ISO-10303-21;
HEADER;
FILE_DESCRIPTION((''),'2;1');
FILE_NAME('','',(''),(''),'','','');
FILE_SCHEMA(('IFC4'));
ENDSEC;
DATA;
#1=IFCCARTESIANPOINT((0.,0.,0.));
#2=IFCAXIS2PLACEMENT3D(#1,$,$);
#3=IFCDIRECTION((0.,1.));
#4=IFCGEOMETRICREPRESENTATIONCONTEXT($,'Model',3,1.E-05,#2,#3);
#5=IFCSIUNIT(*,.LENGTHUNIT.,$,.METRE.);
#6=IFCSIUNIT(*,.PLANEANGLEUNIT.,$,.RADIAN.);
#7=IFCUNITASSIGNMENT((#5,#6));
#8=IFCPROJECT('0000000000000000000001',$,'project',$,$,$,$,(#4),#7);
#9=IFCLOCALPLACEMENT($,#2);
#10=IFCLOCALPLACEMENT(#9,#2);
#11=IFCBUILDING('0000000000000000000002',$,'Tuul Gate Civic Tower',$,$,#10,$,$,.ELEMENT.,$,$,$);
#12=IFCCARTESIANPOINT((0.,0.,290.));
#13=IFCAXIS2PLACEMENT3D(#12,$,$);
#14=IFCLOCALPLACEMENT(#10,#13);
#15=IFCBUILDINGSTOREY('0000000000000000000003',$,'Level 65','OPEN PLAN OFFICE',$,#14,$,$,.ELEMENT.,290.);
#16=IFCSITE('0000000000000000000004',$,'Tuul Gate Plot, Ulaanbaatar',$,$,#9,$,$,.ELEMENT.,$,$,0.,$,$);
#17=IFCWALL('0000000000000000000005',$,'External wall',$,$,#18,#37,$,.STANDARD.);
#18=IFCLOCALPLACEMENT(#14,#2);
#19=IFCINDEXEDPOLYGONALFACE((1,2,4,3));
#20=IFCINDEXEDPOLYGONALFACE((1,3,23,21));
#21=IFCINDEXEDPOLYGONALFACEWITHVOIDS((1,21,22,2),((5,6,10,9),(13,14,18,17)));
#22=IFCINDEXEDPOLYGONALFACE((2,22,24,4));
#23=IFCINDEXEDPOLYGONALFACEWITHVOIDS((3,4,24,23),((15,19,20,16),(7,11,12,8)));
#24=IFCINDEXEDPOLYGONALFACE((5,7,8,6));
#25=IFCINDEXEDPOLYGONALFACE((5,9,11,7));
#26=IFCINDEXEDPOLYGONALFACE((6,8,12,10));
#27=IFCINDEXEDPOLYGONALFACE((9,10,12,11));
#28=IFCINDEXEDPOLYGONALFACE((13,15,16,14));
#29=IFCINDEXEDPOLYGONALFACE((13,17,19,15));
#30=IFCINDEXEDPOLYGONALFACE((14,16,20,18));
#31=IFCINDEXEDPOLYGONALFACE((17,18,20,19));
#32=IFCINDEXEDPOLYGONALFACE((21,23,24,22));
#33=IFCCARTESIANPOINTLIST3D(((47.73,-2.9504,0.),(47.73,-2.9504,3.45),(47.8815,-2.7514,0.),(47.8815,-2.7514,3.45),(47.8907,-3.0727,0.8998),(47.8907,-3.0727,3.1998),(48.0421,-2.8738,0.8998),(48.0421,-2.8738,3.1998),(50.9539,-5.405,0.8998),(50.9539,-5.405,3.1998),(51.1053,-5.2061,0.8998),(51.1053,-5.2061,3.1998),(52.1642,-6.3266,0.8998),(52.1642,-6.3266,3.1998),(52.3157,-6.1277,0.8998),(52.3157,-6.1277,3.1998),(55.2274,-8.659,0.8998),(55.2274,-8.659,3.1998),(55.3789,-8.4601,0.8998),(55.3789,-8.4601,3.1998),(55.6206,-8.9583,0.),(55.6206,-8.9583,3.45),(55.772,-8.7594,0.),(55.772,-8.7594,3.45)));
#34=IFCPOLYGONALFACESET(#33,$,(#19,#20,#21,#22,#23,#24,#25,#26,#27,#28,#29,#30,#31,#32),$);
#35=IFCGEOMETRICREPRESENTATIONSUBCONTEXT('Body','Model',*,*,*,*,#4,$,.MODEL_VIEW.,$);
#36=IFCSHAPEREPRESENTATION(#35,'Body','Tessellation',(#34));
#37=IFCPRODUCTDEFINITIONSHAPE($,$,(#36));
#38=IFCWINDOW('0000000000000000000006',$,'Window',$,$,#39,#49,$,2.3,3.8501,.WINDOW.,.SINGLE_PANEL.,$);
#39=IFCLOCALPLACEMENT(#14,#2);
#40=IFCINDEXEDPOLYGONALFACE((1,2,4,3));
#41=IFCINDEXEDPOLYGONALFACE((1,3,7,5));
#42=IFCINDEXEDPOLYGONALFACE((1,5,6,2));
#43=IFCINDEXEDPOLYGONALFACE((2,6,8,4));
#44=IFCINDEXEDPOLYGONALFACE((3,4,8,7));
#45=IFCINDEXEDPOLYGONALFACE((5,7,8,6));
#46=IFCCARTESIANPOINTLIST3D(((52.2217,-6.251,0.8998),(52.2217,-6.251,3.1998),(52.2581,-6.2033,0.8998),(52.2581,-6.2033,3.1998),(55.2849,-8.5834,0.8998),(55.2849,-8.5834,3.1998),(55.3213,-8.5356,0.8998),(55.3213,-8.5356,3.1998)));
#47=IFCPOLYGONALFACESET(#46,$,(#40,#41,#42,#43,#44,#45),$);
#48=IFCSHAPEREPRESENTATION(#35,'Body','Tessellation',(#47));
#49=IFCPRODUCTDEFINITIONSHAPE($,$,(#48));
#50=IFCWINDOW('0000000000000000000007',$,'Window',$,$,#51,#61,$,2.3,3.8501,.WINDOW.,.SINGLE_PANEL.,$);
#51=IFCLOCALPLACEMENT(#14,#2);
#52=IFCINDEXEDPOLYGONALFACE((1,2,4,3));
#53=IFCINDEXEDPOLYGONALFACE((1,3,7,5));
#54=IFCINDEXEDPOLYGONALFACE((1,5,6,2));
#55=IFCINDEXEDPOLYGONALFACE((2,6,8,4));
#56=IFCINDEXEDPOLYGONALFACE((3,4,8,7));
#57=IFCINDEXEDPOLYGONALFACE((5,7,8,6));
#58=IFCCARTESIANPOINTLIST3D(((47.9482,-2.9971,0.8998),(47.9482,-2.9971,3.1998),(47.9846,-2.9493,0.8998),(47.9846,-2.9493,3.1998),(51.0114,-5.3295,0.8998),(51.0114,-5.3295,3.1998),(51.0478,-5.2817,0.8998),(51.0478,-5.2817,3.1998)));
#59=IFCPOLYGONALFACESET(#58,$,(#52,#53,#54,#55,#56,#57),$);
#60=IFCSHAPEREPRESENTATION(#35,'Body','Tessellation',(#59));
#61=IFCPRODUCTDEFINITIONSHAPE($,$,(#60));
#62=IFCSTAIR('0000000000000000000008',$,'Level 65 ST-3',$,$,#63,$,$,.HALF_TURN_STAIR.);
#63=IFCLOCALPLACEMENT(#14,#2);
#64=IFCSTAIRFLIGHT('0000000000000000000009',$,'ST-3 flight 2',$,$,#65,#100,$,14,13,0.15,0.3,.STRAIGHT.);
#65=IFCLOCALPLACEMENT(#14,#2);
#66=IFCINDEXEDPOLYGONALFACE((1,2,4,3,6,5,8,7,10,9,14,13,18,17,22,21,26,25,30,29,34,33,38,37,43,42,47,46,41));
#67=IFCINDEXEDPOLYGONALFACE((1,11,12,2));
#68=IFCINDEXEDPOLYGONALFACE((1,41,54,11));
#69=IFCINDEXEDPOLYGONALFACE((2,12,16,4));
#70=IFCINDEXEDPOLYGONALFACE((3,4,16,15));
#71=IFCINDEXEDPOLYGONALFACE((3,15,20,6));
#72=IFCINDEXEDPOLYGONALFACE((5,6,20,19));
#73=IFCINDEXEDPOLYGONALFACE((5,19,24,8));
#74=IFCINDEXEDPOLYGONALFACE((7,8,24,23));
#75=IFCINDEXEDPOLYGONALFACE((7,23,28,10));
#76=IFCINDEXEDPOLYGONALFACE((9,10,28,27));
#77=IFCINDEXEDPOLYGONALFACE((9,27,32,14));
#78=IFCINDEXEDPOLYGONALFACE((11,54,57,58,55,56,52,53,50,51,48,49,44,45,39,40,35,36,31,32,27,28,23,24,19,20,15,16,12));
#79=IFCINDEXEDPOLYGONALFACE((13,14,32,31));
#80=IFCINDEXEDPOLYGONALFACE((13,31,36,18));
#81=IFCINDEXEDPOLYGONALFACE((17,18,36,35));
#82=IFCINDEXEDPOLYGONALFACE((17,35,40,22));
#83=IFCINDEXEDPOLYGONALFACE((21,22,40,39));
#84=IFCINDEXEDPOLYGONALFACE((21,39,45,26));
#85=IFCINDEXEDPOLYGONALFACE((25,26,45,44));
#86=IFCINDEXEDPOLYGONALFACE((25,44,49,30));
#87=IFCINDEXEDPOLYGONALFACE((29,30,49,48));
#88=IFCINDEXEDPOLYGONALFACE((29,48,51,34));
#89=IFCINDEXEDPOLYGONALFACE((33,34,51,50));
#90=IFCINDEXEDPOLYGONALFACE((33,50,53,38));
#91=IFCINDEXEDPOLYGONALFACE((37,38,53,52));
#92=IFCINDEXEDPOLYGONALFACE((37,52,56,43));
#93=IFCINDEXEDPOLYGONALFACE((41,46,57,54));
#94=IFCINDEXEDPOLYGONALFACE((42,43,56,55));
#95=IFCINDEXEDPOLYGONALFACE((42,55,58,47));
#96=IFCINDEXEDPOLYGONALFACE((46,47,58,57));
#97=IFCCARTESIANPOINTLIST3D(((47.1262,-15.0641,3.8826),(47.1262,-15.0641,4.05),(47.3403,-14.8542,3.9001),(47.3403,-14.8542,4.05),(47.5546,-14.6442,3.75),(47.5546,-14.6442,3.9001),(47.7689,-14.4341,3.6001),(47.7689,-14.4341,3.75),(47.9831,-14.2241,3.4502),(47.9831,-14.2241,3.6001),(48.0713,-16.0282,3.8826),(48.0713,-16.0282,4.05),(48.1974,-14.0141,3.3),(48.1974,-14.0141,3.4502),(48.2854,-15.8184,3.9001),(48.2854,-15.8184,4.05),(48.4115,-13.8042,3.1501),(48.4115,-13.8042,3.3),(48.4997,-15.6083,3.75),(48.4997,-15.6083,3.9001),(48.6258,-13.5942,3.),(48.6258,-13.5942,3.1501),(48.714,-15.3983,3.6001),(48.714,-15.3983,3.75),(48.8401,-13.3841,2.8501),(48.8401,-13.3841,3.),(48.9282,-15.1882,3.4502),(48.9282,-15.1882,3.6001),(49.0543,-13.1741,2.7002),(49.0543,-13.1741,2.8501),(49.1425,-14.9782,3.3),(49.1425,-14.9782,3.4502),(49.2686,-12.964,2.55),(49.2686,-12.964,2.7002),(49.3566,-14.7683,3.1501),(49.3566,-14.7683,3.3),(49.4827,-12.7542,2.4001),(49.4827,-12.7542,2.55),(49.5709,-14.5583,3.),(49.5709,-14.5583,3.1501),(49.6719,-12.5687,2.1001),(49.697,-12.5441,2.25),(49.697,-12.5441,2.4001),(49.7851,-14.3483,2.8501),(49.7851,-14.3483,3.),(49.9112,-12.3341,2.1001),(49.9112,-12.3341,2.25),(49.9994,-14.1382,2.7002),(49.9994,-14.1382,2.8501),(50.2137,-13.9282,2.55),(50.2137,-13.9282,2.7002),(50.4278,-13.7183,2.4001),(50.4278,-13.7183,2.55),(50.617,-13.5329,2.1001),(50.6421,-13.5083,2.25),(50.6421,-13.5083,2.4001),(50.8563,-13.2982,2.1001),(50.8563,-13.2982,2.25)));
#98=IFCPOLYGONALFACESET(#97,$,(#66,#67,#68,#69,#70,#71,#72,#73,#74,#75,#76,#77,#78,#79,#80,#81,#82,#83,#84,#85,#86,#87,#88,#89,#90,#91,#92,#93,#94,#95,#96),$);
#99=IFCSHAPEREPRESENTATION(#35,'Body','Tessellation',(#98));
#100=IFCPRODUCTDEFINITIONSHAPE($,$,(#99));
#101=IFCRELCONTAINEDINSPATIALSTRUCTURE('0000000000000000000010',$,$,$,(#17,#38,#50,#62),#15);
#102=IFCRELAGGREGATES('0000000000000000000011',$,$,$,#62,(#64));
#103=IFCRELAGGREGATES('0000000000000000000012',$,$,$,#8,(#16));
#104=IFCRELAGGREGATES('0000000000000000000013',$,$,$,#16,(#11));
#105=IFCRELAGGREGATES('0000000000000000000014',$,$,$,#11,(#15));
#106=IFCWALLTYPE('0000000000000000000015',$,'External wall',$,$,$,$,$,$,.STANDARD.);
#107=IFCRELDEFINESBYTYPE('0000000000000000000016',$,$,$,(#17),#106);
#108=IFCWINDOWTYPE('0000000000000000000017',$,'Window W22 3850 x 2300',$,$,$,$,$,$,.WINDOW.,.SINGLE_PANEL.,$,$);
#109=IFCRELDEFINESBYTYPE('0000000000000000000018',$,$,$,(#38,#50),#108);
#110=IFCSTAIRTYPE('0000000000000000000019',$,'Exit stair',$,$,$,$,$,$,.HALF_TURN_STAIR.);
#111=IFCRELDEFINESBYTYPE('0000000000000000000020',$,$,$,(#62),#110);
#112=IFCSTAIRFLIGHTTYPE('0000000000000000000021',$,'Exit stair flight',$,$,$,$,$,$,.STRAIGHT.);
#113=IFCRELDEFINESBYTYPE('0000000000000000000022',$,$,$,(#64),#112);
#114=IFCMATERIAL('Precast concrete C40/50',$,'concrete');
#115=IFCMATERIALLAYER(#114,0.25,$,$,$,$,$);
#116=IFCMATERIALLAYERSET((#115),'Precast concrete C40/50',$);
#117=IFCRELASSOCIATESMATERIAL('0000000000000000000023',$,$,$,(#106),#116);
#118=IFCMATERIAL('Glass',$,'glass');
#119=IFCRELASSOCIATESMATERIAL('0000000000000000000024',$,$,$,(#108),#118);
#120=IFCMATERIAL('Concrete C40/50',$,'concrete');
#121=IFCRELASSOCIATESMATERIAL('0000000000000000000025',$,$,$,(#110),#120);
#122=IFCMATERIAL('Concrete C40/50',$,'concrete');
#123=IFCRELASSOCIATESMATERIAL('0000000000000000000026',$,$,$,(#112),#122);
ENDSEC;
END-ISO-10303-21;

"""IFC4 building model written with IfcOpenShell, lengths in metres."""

from ifc_helpers import new_model, si_unit, direction, frame, frame_2d, origin, place, context, subcontext, project, spatial, polyline, rectangle, outline, extrude, material, layer, layer_set, type_object, element, fill, aggregate, save


model = new_model("IFC4")

# Units and contexts
model_context = context("Model", 3, precision=1e-05, world=origin(), true_north=direction((0.0, 1.0)))
body_context = subcontext(model_context, "Body", "Model", "MODEL_VIEW")
ifc_project = project(units=[si_unit("LENGTHUNIT", "METRE"), si_unit("PLANEANGLEUNIT", "RADIAN")], contexts=[model_context])

# Site, building, storey
site_placement = place(None, origin())
site = spatial("IfcSite", under=ifc_project, at=site_placement, Name="Tuul Gate Plot, Ulaanbaatar", CompositionType="ELEMENT", RefElevation=0.0)
building_placement = place(site_placement, origin())
building = spatial("IfcBuilding", under=site, at=building_placement, Name="Tuul Gate Civic Tower", CompositionType="ELEMENT")
storey_placement = place(building_placement, frame((0.0, 0.0, 290.0)))
storey = spatial("IfcBuildingStorey", under=building, at=storey_placement, Name="Level 65", Description="OPEN PLAN OFFICE", CompositionType="ELEMENT", Elevation=290.0)

# Wall, openings, windows
ifc_material_1 = material(Name="Precast concrete C40/50", Category="concrete")
ifc_layer_1 = layer(ifc_material_1, 0.25)
ifc_layer_set_1 = layer_set([ifc_layer_1], Name="Precast concrete C40/50")
wall_type_1 = type_object("IfcWallType", Name="External wall", PredefinedType="STANDARD", material=ifc_layer_set_1)
ifc_material_2 = material(Name="Glass", Category="glass")
window_type_1 = type_object("IfcWindowType", Name="Window W22 3850 x 2300", PartitioningType="SINGLE_PANEL", PredefinedType="WINDOW", material=ifc_material_2)
wall_1_placement = place(storey_placement, frame((55.6963, -8.8589, 0.0), z_axis=(0.0, 0.0, 1.0), x_axis=(-0.795619, 0.605798, 0.0)))
wall_1 = element("IfcWall", 1, at=wall_1_placement, inside=storey, type_object=wall_type_1, Name="External wall", PredefinedType="STANDARD", context=body_context, shape_type="SweptSolid", body=[
    extrude(rectangle(XDim=9.9175, YDim=0.25, at=frame_2d((4.9587, 0.0))), origin(), (0.0, 0.0, 1.0), 3.45),
])
opening_1_placement = place(wall_1_placement, frame((0.4941, 0.0, 0.8999)))
opening_1 = element("IfcOpeningElement", 2, at=opening_1_placement, cuts=wall_1, PredefinedType="OPENING", context=body_context, shape_type="SweptSolid", body=[
    extrude(rectangle(XDim=3.8501, YDim=2.3, at=frame_2d((1.925, 1.1499))), frame((0.0, 0.135, 0.0), z_axis=(0.0, -1.0, 0.0), x_axis=(1.0, 0.0, 0.0)), (0.0, 0.0, 1.0), 0.27),
])
opening_2_placement = place(wall_1_placement, frame((5.8655, 0.0, 0.8999)))
opening_2 = element("IfcOpeningElement", 3, at=opening_2_placement, cuts=wall_1, PredefinedType="OPENING", context=body_context, shape_type="SweptSolid", body=[
    extrude(rectangle(XDim=3.8501, YDim=2.3, at=frame_2d((1.925, 1.1499))), frame((0.0, 0.135, 0.0), z_axis=(0.0, -1.0, 0.0), x_axis=(1.0, 0.0, 0.0)), (0.0, 0.0, 1.0), 0.27),
])
window_1_placement = place(opening_1_placement, origin())
window_1 = element("IfcWindow", 4, at=window_1_placement, inside=storey, type_object=window_type_1, Name="Window", OverallHeight=2.3, OverallWidth=3.8501, PartitioningType="SINGLE_PANEL", PredefinedType="WINDOW", context=body_context, shape_type="SweptSolid", body=[
    extrude(rectangle(XDim=3.8501, YDim=2.3, at=frame_2d((1.925, 1.1499))), frame((0.0, 0.03, 0.0), z_axis=(0.0, -1.0, 0.0), x_axis=(1.0, 0.0, 0.0)), (0.0, 0.0, 1.0), 0.0601),
])
fill(opening_1, window_1)
window_2_placement = place(opening_2_placement, origin())
window_2 = element("IfcWindow", 5, at=window_2_placement, inside=storey, type_object=window_type_1, Name="Window", OverallHeight=2.3, OverallWidth=3.8501, PartitioningType="SINGLE_PANEL", PredefinedType="WINDOW", context=body_context, shape_type="SweptSolid", body=[
    extrude(rectangle(XDim=3.8501, YDim=2.3, at=frame_2d((1.925, 1.1499))), frame((0.0, 0.03, 0.0), z_axis=(0.0, -1.0, 0.0), x_axis=(1.0, 0.0, 0.0)), (0.0, 0.0, 1.0), 0.0601),
])
fill(opening_2, window_2)

# Stair, stair flight
ifc_material_3 = material(Name="Concrete C40/50", Category="concrete")
stair_type = type_object("IfcStairType", Name="Exit stair", PredefinedType="HALF_TURN_STAIR", material=ifc_material_3)
stair_placement = place(storey_placement, origin())
stair = element("IfcStair", 6, at=stair_placement, inside=storey, type_object=stair_type, Name="Level 65 ST-3", PredefinedType="HALF_TURN_STAIR")
ifc_material_4 = material(Name="Concrete C40/50", Category="concrete")
stair_flight_type = type_object("IfcStairFlightType", Name="Exit stair flight", PredefinedType="STRAIGHT", material=ifc_material_4)
stair_flight_placement = place(storey_placement, frame((50.3838, -12.8162, 2.1001), z_axis=(0.0, 0.0, 1.0), x_axis=(-0.714127, -0.700016, 0.0)))
stair_flight = element("IfcStairFlight", 7, at=stair_flight_placement, type_object=stair_flight_type, Name="ST-3 flight 2", NumberOfRisers=14, NumberOfTreads=13, PredefinedType="STRAIGHT", RiserHeight=0.15, TreadLength=0.3, context=body_context, shape_type="SweptSolid", body=[
    extrude(outline(polyline([(0.0, 0.0), (0.0, 0.1499), (0.3, 0.1499), (0.3, 0.3), (0.6001, 0.3), (0.6001, 0.45), (0.8999, 0.45), (0.8999, 0.6001), (1.2, 0.6001), (1.2, 0.75), (1.5, 0.75), (1.5, 0.8999), (1.8, 0.8999), (1.8, 1.05), (2.1001, 1.05), (2.1001, 1.2), (2.3999, 1.2), (2.3999, 1.3501), (2.7, 1.3501), (2.7, 1.5), (3.0, 1.5), (3.0, 1.6499), (3.3, 1.6499), (3.3, 1.8), (3.6001, 1.8), (3.6001, 1.95), (3.8999, 1.95), (3.8999, 2.1001), (3.8999, 1.7825), (0.3352, 0.0), (0.0, 0.0)])), frame((0.0, 0.675, 0.0), z_axis=(0.0, -1.0, 0.0), x_axis=(1.0, 0.0, 0.0)), (0.0, 0.0, 1.0), 1.3501),
])
aggregate(stair, [stair_flight])

save(model, "model.ifc")
